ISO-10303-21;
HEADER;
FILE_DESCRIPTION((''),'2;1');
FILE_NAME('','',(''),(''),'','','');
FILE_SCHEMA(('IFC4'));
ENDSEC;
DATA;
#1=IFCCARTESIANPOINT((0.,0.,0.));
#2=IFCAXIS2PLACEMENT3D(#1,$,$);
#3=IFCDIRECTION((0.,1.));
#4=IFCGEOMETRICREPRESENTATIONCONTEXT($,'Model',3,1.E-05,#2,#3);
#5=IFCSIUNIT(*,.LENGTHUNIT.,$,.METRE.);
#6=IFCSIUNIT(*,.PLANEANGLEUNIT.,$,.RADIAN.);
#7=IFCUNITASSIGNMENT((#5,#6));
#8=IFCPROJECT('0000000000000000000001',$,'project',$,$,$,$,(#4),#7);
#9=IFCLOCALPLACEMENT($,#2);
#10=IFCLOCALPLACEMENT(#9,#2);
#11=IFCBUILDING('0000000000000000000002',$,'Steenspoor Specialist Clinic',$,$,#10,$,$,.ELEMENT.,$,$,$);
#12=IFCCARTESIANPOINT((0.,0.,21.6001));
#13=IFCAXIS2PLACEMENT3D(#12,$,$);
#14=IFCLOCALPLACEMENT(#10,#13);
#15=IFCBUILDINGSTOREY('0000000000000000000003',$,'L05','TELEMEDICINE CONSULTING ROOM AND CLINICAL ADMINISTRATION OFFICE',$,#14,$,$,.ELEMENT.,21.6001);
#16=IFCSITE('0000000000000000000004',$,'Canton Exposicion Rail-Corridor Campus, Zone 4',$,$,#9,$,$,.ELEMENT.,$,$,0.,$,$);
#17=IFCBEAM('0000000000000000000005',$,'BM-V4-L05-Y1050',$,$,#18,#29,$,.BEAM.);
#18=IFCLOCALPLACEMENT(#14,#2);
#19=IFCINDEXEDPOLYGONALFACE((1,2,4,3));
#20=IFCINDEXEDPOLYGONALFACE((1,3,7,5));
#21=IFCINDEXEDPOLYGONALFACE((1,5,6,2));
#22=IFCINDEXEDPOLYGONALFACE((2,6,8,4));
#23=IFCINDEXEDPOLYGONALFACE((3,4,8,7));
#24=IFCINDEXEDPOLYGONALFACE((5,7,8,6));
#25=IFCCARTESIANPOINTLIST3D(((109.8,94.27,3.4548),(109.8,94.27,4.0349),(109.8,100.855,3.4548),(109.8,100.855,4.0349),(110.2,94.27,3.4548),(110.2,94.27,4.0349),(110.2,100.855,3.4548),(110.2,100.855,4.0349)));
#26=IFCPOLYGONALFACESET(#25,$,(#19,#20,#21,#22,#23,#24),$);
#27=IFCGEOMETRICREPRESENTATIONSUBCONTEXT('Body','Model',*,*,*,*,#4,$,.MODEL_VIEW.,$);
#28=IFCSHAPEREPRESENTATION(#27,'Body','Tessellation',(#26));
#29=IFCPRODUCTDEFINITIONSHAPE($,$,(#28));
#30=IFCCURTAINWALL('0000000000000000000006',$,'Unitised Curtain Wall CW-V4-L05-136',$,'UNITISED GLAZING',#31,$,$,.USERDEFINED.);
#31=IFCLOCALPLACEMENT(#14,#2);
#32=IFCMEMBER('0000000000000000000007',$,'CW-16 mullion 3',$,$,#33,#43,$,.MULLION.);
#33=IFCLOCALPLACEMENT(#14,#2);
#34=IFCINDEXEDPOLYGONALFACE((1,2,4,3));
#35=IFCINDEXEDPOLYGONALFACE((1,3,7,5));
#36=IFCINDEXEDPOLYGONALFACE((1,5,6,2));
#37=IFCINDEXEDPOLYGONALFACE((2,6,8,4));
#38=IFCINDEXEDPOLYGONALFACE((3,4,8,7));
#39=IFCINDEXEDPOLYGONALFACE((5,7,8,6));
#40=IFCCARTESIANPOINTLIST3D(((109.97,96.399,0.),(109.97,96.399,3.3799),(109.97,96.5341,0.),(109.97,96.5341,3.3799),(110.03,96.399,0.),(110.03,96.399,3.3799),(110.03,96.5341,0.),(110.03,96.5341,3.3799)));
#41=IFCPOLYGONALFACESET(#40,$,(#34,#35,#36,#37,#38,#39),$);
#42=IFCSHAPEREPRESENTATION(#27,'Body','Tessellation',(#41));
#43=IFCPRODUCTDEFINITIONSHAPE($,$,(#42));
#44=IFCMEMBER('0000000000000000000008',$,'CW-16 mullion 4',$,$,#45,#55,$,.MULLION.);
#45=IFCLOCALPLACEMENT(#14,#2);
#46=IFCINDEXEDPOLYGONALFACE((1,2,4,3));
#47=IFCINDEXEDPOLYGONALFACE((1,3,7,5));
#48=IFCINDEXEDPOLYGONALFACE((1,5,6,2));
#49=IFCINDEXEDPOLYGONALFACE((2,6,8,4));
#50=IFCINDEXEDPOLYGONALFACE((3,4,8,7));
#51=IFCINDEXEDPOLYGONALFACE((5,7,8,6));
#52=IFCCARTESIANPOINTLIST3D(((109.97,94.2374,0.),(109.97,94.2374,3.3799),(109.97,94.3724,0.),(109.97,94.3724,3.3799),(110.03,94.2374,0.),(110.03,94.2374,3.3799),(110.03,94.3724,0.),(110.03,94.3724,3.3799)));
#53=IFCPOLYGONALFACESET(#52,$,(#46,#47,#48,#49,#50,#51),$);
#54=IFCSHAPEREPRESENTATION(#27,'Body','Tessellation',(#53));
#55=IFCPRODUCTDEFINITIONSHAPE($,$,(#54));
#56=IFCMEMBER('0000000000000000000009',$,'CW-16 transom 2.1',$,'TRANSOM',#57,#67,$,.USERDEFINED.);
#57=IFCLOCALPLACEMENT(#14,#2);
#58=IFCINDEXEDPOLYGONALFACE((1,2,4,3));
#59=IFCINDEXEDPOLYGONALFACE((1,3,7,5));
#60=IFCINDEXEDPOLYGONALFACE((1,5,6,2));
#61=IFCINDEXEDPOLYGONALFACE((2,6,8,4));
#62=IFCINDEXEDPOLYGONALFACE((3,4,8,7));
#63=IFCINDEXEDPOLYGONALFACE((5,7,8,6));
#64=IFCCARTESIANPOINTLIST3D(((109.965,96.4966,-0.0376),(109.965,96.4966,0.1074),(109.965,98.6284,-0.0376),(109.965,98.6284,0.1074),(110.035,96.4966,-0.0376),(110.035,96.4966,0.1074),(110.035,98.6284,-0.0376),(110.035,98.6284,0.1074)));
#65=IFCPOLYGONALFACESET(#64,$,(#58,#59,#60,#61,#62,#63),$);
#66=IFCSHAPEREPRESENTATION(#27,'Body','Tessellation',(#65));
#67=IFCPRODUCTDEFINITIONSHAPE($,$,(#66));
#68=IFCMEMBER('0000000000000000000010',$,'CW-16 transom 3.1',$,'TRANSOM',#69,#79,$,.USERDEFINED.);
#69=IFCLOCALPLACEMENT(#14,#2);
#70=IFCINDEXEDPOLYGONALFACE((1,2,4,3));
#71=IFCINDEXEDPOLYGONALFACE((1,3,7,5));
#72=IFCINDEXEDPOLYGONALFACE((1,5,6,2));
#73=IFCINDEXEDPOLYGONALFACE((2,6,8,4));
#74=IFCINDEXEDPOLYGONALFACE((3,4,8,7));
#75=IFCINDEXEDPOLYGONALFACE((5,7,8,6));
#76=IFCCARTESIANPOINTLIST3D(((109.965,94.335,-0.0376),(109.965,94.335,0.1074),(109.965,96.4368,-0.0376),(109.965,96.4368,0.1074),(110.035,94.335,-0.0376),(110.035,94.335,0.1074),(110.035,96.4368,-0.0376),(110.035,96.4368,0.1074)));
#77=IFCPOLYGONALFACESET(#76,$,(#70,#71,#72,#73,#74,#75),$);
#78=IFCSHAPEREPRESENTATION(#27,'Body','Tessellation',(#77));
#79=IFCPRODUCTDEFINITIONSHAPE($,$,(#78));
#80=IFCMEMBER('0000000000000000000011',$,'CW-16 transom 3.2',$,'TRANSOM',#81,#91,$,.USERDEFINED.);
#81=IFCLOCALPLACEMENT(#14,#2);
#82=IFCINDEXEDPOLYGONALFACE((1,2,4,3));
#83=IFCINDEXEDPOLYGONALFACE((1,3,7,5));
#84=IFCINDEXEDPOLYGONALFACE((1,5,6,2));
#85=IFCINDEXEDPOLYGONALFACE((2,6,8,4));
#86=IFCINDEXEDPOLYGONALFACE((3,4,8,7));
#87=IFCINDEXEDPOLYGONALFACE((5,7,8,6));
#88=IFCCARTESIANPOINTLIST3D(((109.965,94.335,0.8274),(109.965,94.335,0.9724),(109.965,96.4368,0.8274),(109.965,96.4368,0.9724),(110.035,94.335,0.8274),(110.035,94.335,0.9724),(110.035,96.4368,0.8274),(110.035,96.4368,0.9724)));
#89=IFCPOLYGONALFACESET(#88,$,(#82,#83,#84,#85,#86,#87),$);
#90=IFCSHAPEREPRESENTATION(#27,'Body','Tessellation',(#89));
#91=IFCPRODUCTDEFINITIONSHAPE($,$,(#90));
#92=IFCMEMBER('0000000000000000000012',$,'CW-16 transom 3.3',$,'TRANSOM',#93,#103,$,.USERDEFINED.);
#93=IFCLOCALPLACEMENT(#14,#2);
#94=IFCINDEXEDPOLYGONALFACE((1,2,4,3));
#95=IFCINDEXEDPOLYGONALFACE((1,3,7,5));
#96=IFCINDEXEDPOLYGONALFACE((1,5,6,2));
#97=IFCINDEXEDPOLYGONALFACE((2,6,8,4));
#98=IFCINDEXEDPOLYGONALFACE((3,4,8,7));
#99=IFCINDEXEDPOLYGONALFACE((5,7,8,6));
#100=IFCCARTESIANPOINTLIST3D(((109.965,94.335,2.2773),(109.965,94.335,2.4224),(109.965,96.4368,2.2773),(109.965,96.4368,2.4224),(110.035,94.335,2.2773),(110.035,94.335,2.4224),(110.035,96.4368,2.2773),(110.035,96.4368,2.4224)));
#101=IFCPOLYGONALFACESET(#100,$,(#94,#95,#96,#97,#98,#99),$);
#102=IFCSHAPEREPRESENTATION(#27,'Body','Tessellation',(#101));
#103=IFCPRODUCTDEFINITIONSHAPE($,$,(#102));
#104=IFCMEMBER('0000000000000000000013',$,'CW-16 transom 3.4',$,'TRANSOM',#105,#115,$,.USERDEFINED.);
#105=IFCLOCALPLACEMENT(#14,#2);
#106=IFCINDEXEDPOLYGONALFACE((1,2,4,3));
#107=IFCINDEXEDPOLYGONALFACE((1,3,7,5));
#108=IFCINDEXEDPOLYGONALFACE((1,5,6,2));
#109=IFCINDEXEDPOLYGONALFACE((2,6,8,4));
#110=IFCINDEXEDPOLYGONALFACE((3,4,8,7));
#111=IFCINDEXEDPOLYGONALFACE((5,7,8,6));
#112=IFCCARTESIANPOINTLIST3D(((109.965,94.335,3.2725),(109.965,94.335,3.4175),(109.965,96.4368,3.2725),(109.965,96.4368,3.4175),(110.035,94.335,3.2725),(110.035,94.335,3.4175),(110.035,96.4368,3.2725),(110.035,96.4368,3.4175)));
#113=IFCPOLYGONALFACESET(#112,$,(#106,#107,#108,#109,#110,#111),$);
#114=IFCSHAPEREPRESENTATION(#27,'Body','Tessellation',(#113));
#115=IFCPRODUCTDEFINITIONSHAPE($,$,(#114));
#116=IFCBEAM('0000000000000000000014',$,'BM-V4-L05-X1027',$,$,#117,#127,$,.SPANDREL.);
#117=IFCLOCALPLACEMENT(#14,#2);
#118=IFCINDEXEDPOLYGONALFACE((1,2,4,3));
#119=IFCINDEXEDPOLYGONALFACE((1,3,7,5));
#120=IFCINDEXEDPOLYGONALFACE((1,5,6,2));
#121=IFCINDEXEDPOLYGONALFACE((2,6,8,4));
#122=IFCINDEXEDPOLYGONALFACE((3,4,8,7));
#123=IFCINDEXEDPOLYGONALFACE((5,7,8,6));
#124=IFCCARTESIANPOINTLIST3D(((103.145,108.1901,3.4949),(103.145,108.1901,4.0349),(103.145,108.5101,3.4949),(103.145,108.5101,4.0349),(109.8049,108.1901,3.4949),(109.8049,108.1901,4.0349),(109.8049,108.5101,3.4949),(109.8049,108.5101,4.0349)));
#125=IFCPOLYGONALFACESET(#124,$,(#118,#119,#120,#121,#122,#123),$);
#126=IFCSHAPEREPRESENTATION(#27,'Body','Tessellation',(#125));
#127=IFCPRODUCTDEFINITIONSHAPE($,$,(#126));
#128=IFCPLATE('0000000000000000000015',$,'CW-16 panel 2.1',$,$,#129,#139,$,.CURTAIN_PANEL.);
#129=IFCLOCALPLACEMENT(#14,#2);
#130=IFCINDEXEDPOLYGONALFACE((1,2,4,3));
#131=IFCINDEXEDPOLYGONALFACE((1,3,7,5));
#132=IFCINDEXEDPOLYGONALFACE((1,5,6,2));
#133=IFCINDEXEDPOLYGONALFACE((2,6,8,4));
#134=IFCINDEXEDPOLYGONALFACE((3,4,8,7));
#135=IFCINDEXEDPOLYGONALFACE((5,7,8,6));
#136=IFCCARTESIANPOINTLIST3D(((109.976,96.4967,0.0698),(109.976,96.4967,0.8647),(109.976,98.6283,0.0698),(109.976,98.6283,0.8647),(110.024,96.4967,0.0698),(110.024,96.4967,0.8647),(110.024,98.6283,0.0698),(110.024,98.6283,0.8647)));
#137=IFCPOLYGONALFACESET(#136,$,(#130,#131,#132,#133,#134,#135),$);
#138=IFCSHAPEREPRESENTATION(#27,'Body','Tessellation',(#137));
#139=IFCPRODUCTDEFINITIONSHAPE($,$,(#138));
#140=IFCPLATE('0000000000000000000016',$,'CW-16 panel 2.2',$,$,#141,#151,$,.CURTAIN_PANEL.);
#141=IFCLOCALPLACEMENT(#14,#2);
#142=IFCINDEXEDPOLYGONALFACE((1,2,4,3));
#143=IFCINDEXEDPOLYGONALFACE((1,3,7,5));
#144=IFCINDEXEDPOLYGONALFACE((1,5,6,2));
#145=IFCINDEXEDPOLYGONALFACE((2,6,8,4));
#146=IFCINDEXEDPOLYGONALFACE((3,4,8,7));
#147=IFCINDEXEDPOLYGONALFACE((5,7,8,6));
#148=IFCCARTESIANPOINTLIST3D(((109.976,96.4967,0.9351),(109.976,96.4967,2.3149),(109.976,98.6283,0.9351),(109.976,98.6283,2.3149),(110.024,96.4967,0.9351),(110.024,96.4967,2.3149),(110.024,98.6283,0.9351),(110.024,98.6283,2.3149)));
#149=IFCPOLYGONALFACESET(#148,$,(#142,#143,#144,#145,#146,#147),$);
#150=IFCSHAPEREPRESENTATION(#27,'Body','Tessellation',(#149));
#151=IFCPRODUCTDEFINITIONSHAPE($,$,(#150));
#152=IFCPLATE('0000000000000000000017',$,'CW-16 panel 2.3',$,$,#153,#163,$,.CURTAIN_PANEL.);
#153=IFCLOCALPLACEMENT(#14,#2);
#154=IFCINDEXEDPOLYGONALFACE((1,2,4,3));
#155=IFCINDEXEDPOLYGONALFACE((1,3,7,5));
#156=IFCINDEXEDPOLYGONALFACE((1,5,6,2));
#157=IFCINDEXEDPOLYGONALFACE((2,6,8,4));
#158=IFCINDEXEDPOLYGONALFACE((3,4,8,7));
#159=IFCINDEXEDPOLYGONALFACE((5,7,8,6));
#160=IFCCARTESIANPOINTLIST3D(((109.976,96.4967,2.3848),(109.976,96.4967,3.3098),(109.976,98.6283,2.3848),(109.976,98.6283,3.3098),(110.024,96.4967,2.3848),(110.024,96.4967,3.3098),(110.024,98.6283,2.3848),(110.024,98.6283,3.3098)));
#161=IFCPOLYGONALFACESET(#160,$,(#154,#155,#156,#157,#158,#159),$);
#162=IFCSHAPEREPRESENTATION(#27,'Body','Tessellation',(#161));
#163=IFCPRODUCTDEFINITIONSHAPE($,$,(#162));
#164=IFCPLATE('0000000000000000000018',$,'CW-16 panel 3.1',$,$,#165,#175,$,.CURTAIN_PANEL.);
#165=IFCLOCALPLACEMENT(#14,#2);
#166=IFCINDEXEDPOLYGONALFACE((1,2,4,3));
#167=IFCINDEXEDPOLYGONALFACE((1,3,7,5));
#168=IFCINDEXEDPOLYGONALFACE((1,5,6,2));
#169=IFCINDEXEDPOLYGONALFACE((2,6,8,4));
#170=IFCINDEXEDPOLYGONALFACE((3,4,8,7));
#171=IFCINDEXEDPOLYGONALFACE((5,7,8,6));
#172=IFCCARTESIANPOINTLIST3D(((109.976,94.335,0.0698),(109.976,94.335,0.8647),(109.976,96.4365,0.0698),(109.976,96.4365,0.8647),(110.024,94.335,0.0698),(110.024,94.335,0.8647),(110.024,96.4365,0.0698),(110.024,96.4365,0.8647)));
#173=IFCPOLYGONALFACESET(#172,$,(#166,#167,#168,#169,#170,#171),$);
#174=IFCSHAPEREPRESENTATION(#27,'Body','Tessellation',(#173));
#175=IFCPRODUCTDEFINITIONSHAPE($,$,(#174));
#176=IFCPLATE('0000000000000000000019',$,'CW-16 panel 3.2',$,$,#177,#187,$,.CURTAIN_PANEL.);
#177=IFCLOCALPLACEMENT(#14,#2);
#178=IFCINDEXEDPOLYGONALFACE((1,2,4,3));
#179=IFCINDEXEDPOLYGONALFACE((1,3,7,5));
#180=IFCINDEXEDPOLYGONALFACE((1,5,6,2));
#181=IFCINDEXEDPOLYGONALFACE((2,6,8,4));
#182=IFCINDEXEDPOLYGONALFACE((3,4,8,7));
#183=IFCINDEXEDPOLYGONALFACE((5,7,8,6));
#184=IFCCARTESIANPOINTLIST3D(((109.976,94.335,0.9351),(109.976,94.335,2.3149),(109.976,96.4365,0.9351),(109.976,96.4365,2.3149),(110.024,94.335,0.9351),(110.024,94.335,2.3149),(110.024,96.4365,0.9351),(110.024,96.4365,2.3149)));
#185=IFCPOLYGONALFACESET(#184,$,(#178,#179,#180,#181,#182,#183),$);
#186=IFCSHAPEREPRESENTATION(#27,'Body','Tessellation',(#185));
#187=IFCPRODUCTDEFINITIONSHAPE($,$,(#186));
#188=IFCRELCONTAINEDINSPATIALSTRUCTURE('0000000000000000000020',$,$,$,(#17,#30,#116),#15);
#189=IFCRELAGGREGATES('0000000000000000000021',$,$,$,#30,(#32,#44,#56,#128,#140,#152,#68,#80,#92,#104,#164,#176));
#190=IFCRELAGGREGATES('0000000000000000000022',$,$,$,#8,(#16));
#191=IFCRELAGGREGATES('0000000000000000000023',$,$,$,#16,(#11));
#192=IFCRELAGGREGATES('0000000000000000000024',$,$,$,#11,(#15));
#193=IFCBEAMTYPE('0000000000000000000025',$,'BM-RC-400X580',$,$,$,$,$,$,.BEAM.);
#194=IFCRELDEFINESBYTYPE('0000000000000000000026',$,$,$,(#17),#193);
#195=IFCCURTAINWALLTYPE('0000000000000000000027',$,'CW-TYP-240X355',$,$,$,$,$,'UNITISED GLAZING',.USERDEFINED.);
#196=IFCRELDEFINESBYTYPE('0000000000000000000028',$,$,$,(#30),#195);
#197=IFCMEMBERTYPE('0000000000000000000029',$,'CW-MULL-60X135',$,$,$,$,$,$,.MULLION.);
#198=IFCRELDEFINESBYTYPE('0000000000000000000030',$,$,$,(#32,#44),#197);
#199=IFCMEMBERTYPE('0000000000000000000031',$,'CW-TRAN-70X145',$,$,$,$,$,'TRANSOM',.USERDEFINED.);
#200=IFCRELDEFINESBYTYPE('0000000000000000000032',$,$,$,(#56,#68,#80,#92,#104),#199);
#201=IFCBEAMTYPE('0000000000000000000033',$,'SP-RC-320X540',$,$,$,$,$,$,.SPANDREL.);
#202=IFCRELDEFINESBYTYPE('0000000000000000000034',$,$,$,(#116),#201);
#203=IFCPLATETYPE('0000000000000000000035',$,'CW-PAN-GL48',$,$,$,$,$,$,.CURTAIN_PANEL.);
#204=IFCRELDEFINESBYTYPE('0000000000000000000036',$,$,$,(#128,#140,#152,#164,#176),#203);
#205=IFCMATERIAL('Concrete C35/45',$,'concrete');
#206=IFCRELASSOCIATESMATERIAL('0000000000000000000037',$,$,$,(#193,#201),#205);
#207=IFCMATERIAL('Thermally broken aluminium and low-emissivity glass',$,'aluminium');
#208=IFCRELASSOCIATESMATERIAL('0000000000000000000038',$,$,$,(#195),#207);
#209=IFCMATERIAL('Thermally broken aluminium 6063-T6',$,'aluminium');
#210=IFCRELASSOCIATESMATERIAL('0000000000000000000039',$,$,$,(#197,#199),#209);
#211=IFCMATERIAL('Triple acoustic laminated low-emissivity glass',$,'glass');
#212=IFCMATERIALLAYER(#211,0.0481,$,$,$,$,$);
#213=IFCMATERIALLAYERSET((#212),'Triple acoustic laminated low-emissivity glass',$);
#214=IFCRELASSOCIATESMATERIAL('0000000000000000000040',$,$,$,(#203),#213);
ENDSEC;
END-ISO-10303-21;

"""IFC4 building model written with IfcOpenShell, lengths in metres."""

from ifc_helpers import new_model, si_unit, direction, frame, origin, origin_2d, place, context, subcontext, project, spatial, rectangle, extrude, material, layer, layer_set, material_profile, profile_set, type_object, element, aggregate, save


model = new_model("IFC4")

# Units and contexts
model_context = context("Model", 3, precision=1e-05, world=origin(), true_north=direction((0.0, 1.0)))
body_context = subcontext(model_context, "Body", "Model", "MODEL_VIEW")
ifc_project = project(units=[si_unit("LENGTHUNIT", "METRE"), si_unit("PLANEANGLEUNIT", "RADIAN")], contexts=[model_context])

# Site, building, storey
site_placement = place(None, origin())
site = spatial("IfcSite", under=ifc_project, at=site_placement, Name="Canton Exposicion Rail-Corridor Campus, Zone 4", CompositionType="ELEMENT", RefElevation=0.0)
building_placement = place(site_placement, origin())
building = spatial("IfcBuilding", under=site, at=building_placement, Name="Steenspoor Specialist Clinic", CompositionType="ELEMENT")
storey_placement = place(building_placement, frame((0.0, 0.0, 21.6001)))
storey = spatial("IfcBuildingStorey", under=building, at=storey_placement, Name="L05", Description="TELEMEDICINE CONSULTING ROOM AND CLINICAL ADMINISTRATION OFFICE", CompositionType="ELEMENT", Elevation=21.6001)

# Beam
ifc_material_1 = material(Name="Concrete C35/45", Category="concrete")
ifc_material_profile_1 = material_profile(ifc_material_1, rectangle(XDim=0.3999, YDim=0.5801, at=origin_2d()), Name="RC-BM-400X580")
ifc_profile_set_1 = profile_set([ifc_material_profile_1], Name="Concrete C35/45")
beam_type_1 = type_object("IfcBeamType", Name="BM-RC-400X580", PredefinedType="BEAM", material=ifc_profile_set_1)
beam_1_placement = place(storey_placement, frame((110.0, 94.27, 3.7449), z_axis=(0.0, 1.0, 0.0), x_axis=(-1.0, 0.0, 0.0)))
element("IfcBeam", 1, at=beam_1_placement, inside=storey, type_object=beam_type_1, Name="BM-V4-L05-Y1050", PredefinedType="BEAM", context=body_context, shape_type="SweptSolid", body=[
    extrude(rectangle(XDim=0.3999, YDim=0.5801, at=origin_2d()), origin(), (0.0, 0.0, 1.0), 6.585),
])

# Curtain wall, members
ifc_material_2 = material(Name="Thermally broken aluminium and low-emissivity glass", Category="aluminium")
curtain_wall_type = type_object("IfcCurtainWallType", Name="CW-TYP-240X355", ElementType="UNITISED GLAZING", PredefinedType="USERDEFINED", material=ifc_material_2)
curtain_wall_placement = place(storey_placement, origin())
curtain_wall = element("IfcCurtainWall", 2, at=curtain_wall_placement, inside=storey, type_object=curtain_wall_type, Name="Unitised Curtain Wall CW-V4-L05-136", ObjectType="UNITISED GLAZING", PredefinedType="USERDEFINED")
ifc_material_3 = material(Name="Thermally broken aluminium 6063-T6", Category="aluminium")
ifc_material_profile_2 = material_profile(ifc_material_3, rectangle(XDim=0.0601, YDim=0.135, at=origin_2d()), Name="CWM-60X135")
ifc_profile_set_2 = profile_set([ifc_material_profile_2], Name="Thermally broken aluminium 6063-T6")
member_type_1 = type_object("IfcMemberType", Name="CW-MULL-60X135", PredefinedType="MULLION", material=ifc_profile_set_2)
member_1_placement = place(storey_placement, frame((110.0, 96.4666, 0.0), z_axis=(0.0, 0.0, 1.0), x_axis=(1.0, 0.0, 0.0)))
member_1 = element("IfcMember", 3, at=member_1_placement, type_object=member_type_1, Name="CW-16 mullion 3", PredefinedType="MULLION", context=body_context, shape_type="SweptSolid", body=[
    extrude(rectangle(XDim=0.0601, YDim=0.135, at=origin_2d()), origin(), (0.0, 0.0, 1.0), 3.3799),
])
member_2_placement = place(storey_placement, frame((110.0, 94.3049, 0.0), z_axis=(0.0, 0.0, 1.0), x_axis=(1.0, 0.0, 0.0)))
member_2 = element("IfcMember", 4, at=member_2_placement, type_object=member_type_1, Name="CW-16 mullion 4", PredefinedType="MULLION", context=body_context, shape_type="SweptSolid", body=[
    extrude(rectangle(XDim=0.0601, YDim=0.135, at=origin_2d()), origin(), (0.0, 0.0, 1.0), 3.3799),
])
ifc_material_profile_3 = material_profile(ifc_material_3, rectangle(XDim=0.0701, YDim=0.145, at=origin_2d()), Name="CWT-70X145")
ifc_profile_set_3 = profile_set([ifc_material_profile_3], Name="Thermally broken aluminium 6063-T6")
member_type_2 = type_object("IfcMemberType", Name="CW-TRAN-70X145", ElementType="TRANSOM", PredefinedType="USERDEFINED", material=ifc_profile_set_3)
member_3_placement = place(storey_placement, frame((110.0, 98.6284, 0.0349), z_axis=(0.0, -1.0, 0.0), x_axis=(1.0, 0.0, 0.0)))
member_3 = element("IfcMember", 5, at=member_3_placement, type_object=member_type_2, Name="CW-16 transom 2.1", ObjectType="TRANSOM", PredefinedType="USERDEFINED", context=body_context, shape_type="SweptSolid", body=[
    extrude(rectangle(XDim=0.0701, YDim=0.145, at=origin_2d()), origin(), (0.0, 0.0, 1.0), 2.1318),
])
member_4_placement = place(storey_placement, frame((110.0, 96.4368, 0.0349), z_axis=(0.0, -1.0, 0.0), x_axis=(1.0, 0.0, 0.0)))
member_4 = element("IfcMember", 6, at=member_4_placement, type_object=member_type_2, Name="CW-16 transom 3.1", ObjectType="TRANSOM", PredefinedType="USERDEFINED", context=body_context, shape_type="SweptSolid", body=[
    extrude(rectangle(XDim=0.0701, YDim=0.145, at=origin_2d()), origin(), (0.0, 0.0, 1.0), 2.1018),
])
member_5_placement = place(storey_placement, frame((110.0, 96.4368, 0.8999), z_axis=(0.0, -1.0, 0.0), x_axis=(1.0, 0.0, 0.0)))
member_5 = element("IfcMember", 7, at=member_5_placement, type_object=member_type_2, Name="CW-16 transom 3.2", ObjectType="TRANSOM", PredefinedType="USERDEFINED", context=body_context, shape_type="SweptSolid", body=[
    extrude(rectangle(XDim=0.0701, YDim=0.145, at=origin_2d()), origin(), (0.0, 0.0, 1.0), 2.1018),
])
member_6_placement = place(storey_placement, frame((110.0, 96.4368, 2.3499), z_axis=(0.0, -1.0, 0.0), x_axis=(1.0, 0.0, 0.0)))
member_6 = element("IfcMember", 8, at=member_6_placement, type_object=member_type_2, Name="CW-16 transom 3.3", ObjectType="TRANSOM", PredefinedType="USERDEFINED", context=body_context, shape_type="SweptSolid", body=[
    extrude(rectangle(XDim=0.0701, YDim=0.145, at=origin_2d()), origin(), (0.0, 0.0, 1.0), 2.1018),
])
member_7_placement = place(storey_placement, frame((110.0, 96.4368, 3.345), z_axis=(0.0, -1.0, 0.0), x_axis=(1.0, 0.0, 0.0)))
member_7 = element("IfcMember", 9, at=member_7_placement, type_object=member_type_2, Name="CW-16 transom 3.4", ObjectType="TRANSOM", PredefinedType="USERDEFINED", context=body_context, shape_type="SweptSolid", body=[
    extrude(rectangle(XDim=0.0701, YDim=0.145, at=origin_2d()), origin(), (0.0, 0.0, 1.0), 2.1018),
])

# Beam
ifc_material_profile_4 = material_profile(ifc_material_1, rectangle(XDim=0.3201, YDim=0.54, at=origin_2d()), Name="RC-SP-320X540")
ifc_profile_set_4 = profile_set([ifc_material_profile_4], Name="Concrete C35/45")
beam_type_2 = type_object("IfcBeamType", Name="SP-RC-320X540", PredefinedType="SPANDREL", material=ifc_profile_set_4)
beam_2_placement = place(storey_placement, frame((103.145, 108.3501, 3.7649), z_axis=(1.0, 0.0, 0.0), x_axis=(0.0, 1.0, 0.0)))
element("IfcBeam", 10, at=beam_2_placement, inside=storey, type_object=beam_type_2, Name="BM-V4-L05-X1027", PredefinedType="SPANDREL", context=body_context, shape_type="SweptSolid", body=[
    extrude(rectangle(XDim=0.3201, YDim=0.54, at=origin_2d()), origin(), (0.0, 0.0, 1.0), 6.6599),
])

# Plates
ifc_material_4 = material(Name="Triple acoustic laminated low-emissivity glass", Category="glass")
ifc_layer_1 = layer(ifc_material_4, 0.0481)
ifc_layer_set_1 = layer_set([ifc_layer_1], Name="Triple acoustic laminated low-emissivity glass")
plate_type = type_object("IfcPlateType", Name="CW-PAN-GL48", PredefinedType="CURTAIN_PANEL", material=ifc_layer_set_1)
plate_1_placement = place(storey_placement, frame((110.0, 97.5625, 0.0698), z_axis=(0.0, 0.0, 1.0), x_axis=(0.0, -1.0, 0.0)))
plate_1 = element("IfcPlate", 11, at=plate_1_placement, type_object=plate_type, Name="CW-16 panel 2.1", PredefinedType="CURTAIN_PANEL", context=body_context, shape_type="SweptSolid", body=[
    extrude(rectangle(XDim=2.1316, YDim=0.0481, at=origin_2d()), origin(), (0.0, 0.0, 1.0), 0.7949),
])
plate_2_placement = place(storey_placement, frame((110.0, 97.5625, 0.9351), z_axis=(0.0, 0.0, 1.0), x_axis=(0.0, -1.0, 0.0)))
plate_2 = element("IfcPlate", 12, at=plate_2_placement, type_object=plate_type, Name="CW-16 panel 2.2", PredefinedType="CURTAIN_PANEL", context=body_context, shape_type="SweptSolid", body=[
    extrude(rectangle(XDim=2.1316, YDim=0.0481, at=origin_2d()), origin(), (0.0, 0.0, 1.0), 1.3799),
])
plate_3_placement = place(storey_placement, frame((110.0, 97.5625, 2.3848), z_axis=(0.0, 0.0, 1.0), x_axis=(0.0, -1.0, 0.0)))
plate_3 = element("IfcPlate", 13, at=plate_3_placement, type_object=plate_type, Name="CW-16 panel 2.3", PredefinedType="CURTAIN_PANEL", context=body_context, shape_type="SweptSolid", body=[
    extrude(rectangle(XDim=2.1316, YDim=0.0481, at=origin_2d()), origin(), (0.0, 0.0, 1.0), 0.925),
])
plate_4_placement = place(storey_placement, frame((110.0, 95.3857, 0.0698), z_axis=(0.0, 0.0, 1.0), x_axis=(0.0, -1.0, 0.0)))
plate_4 = element("IfcPlate", 14, at=plate_4_placement, type_object=plate_type, Name="CW-16 panel 3.1", PredefinedType="CURTAIN_PANEL", context=body_context, shape_type="SweptSolid", body=[
    extrude(rectangle(XDim=2.1016, YDim=0.0481, at=origin_2d()), origin(), (0.0, 0.0, 1.0), 0.7949),
])
plate_5_placement = place(storey_placement, frame((110.0, 95.3857, 0.9351), z_axis=(0.0, 0.0, 1.0), x_axis=(0.0, -1.0, 0.0)))
plate_5 = element("IfcPlate", 15, at=plate_5_placement, type_object=plate_type, Name="CW-16 panel 3.2", PredefinedType="CURTAIN_PANEL", context=body_context, shape_type="SweptSolid", body=[
    extrude(rectangle(XDim=2.1016, YDim=0.0481, at=origin_2d()), origin(), (0.0, 0.0, 1.0), 1.3799),
])
aggregate(curtain_wall, [member_1, member_2, member_3, plate_1, plate_2, plate_3, member_4, member_5, member_6, member_7, plate_4, plate_5])

save(model, "model.ifc")
